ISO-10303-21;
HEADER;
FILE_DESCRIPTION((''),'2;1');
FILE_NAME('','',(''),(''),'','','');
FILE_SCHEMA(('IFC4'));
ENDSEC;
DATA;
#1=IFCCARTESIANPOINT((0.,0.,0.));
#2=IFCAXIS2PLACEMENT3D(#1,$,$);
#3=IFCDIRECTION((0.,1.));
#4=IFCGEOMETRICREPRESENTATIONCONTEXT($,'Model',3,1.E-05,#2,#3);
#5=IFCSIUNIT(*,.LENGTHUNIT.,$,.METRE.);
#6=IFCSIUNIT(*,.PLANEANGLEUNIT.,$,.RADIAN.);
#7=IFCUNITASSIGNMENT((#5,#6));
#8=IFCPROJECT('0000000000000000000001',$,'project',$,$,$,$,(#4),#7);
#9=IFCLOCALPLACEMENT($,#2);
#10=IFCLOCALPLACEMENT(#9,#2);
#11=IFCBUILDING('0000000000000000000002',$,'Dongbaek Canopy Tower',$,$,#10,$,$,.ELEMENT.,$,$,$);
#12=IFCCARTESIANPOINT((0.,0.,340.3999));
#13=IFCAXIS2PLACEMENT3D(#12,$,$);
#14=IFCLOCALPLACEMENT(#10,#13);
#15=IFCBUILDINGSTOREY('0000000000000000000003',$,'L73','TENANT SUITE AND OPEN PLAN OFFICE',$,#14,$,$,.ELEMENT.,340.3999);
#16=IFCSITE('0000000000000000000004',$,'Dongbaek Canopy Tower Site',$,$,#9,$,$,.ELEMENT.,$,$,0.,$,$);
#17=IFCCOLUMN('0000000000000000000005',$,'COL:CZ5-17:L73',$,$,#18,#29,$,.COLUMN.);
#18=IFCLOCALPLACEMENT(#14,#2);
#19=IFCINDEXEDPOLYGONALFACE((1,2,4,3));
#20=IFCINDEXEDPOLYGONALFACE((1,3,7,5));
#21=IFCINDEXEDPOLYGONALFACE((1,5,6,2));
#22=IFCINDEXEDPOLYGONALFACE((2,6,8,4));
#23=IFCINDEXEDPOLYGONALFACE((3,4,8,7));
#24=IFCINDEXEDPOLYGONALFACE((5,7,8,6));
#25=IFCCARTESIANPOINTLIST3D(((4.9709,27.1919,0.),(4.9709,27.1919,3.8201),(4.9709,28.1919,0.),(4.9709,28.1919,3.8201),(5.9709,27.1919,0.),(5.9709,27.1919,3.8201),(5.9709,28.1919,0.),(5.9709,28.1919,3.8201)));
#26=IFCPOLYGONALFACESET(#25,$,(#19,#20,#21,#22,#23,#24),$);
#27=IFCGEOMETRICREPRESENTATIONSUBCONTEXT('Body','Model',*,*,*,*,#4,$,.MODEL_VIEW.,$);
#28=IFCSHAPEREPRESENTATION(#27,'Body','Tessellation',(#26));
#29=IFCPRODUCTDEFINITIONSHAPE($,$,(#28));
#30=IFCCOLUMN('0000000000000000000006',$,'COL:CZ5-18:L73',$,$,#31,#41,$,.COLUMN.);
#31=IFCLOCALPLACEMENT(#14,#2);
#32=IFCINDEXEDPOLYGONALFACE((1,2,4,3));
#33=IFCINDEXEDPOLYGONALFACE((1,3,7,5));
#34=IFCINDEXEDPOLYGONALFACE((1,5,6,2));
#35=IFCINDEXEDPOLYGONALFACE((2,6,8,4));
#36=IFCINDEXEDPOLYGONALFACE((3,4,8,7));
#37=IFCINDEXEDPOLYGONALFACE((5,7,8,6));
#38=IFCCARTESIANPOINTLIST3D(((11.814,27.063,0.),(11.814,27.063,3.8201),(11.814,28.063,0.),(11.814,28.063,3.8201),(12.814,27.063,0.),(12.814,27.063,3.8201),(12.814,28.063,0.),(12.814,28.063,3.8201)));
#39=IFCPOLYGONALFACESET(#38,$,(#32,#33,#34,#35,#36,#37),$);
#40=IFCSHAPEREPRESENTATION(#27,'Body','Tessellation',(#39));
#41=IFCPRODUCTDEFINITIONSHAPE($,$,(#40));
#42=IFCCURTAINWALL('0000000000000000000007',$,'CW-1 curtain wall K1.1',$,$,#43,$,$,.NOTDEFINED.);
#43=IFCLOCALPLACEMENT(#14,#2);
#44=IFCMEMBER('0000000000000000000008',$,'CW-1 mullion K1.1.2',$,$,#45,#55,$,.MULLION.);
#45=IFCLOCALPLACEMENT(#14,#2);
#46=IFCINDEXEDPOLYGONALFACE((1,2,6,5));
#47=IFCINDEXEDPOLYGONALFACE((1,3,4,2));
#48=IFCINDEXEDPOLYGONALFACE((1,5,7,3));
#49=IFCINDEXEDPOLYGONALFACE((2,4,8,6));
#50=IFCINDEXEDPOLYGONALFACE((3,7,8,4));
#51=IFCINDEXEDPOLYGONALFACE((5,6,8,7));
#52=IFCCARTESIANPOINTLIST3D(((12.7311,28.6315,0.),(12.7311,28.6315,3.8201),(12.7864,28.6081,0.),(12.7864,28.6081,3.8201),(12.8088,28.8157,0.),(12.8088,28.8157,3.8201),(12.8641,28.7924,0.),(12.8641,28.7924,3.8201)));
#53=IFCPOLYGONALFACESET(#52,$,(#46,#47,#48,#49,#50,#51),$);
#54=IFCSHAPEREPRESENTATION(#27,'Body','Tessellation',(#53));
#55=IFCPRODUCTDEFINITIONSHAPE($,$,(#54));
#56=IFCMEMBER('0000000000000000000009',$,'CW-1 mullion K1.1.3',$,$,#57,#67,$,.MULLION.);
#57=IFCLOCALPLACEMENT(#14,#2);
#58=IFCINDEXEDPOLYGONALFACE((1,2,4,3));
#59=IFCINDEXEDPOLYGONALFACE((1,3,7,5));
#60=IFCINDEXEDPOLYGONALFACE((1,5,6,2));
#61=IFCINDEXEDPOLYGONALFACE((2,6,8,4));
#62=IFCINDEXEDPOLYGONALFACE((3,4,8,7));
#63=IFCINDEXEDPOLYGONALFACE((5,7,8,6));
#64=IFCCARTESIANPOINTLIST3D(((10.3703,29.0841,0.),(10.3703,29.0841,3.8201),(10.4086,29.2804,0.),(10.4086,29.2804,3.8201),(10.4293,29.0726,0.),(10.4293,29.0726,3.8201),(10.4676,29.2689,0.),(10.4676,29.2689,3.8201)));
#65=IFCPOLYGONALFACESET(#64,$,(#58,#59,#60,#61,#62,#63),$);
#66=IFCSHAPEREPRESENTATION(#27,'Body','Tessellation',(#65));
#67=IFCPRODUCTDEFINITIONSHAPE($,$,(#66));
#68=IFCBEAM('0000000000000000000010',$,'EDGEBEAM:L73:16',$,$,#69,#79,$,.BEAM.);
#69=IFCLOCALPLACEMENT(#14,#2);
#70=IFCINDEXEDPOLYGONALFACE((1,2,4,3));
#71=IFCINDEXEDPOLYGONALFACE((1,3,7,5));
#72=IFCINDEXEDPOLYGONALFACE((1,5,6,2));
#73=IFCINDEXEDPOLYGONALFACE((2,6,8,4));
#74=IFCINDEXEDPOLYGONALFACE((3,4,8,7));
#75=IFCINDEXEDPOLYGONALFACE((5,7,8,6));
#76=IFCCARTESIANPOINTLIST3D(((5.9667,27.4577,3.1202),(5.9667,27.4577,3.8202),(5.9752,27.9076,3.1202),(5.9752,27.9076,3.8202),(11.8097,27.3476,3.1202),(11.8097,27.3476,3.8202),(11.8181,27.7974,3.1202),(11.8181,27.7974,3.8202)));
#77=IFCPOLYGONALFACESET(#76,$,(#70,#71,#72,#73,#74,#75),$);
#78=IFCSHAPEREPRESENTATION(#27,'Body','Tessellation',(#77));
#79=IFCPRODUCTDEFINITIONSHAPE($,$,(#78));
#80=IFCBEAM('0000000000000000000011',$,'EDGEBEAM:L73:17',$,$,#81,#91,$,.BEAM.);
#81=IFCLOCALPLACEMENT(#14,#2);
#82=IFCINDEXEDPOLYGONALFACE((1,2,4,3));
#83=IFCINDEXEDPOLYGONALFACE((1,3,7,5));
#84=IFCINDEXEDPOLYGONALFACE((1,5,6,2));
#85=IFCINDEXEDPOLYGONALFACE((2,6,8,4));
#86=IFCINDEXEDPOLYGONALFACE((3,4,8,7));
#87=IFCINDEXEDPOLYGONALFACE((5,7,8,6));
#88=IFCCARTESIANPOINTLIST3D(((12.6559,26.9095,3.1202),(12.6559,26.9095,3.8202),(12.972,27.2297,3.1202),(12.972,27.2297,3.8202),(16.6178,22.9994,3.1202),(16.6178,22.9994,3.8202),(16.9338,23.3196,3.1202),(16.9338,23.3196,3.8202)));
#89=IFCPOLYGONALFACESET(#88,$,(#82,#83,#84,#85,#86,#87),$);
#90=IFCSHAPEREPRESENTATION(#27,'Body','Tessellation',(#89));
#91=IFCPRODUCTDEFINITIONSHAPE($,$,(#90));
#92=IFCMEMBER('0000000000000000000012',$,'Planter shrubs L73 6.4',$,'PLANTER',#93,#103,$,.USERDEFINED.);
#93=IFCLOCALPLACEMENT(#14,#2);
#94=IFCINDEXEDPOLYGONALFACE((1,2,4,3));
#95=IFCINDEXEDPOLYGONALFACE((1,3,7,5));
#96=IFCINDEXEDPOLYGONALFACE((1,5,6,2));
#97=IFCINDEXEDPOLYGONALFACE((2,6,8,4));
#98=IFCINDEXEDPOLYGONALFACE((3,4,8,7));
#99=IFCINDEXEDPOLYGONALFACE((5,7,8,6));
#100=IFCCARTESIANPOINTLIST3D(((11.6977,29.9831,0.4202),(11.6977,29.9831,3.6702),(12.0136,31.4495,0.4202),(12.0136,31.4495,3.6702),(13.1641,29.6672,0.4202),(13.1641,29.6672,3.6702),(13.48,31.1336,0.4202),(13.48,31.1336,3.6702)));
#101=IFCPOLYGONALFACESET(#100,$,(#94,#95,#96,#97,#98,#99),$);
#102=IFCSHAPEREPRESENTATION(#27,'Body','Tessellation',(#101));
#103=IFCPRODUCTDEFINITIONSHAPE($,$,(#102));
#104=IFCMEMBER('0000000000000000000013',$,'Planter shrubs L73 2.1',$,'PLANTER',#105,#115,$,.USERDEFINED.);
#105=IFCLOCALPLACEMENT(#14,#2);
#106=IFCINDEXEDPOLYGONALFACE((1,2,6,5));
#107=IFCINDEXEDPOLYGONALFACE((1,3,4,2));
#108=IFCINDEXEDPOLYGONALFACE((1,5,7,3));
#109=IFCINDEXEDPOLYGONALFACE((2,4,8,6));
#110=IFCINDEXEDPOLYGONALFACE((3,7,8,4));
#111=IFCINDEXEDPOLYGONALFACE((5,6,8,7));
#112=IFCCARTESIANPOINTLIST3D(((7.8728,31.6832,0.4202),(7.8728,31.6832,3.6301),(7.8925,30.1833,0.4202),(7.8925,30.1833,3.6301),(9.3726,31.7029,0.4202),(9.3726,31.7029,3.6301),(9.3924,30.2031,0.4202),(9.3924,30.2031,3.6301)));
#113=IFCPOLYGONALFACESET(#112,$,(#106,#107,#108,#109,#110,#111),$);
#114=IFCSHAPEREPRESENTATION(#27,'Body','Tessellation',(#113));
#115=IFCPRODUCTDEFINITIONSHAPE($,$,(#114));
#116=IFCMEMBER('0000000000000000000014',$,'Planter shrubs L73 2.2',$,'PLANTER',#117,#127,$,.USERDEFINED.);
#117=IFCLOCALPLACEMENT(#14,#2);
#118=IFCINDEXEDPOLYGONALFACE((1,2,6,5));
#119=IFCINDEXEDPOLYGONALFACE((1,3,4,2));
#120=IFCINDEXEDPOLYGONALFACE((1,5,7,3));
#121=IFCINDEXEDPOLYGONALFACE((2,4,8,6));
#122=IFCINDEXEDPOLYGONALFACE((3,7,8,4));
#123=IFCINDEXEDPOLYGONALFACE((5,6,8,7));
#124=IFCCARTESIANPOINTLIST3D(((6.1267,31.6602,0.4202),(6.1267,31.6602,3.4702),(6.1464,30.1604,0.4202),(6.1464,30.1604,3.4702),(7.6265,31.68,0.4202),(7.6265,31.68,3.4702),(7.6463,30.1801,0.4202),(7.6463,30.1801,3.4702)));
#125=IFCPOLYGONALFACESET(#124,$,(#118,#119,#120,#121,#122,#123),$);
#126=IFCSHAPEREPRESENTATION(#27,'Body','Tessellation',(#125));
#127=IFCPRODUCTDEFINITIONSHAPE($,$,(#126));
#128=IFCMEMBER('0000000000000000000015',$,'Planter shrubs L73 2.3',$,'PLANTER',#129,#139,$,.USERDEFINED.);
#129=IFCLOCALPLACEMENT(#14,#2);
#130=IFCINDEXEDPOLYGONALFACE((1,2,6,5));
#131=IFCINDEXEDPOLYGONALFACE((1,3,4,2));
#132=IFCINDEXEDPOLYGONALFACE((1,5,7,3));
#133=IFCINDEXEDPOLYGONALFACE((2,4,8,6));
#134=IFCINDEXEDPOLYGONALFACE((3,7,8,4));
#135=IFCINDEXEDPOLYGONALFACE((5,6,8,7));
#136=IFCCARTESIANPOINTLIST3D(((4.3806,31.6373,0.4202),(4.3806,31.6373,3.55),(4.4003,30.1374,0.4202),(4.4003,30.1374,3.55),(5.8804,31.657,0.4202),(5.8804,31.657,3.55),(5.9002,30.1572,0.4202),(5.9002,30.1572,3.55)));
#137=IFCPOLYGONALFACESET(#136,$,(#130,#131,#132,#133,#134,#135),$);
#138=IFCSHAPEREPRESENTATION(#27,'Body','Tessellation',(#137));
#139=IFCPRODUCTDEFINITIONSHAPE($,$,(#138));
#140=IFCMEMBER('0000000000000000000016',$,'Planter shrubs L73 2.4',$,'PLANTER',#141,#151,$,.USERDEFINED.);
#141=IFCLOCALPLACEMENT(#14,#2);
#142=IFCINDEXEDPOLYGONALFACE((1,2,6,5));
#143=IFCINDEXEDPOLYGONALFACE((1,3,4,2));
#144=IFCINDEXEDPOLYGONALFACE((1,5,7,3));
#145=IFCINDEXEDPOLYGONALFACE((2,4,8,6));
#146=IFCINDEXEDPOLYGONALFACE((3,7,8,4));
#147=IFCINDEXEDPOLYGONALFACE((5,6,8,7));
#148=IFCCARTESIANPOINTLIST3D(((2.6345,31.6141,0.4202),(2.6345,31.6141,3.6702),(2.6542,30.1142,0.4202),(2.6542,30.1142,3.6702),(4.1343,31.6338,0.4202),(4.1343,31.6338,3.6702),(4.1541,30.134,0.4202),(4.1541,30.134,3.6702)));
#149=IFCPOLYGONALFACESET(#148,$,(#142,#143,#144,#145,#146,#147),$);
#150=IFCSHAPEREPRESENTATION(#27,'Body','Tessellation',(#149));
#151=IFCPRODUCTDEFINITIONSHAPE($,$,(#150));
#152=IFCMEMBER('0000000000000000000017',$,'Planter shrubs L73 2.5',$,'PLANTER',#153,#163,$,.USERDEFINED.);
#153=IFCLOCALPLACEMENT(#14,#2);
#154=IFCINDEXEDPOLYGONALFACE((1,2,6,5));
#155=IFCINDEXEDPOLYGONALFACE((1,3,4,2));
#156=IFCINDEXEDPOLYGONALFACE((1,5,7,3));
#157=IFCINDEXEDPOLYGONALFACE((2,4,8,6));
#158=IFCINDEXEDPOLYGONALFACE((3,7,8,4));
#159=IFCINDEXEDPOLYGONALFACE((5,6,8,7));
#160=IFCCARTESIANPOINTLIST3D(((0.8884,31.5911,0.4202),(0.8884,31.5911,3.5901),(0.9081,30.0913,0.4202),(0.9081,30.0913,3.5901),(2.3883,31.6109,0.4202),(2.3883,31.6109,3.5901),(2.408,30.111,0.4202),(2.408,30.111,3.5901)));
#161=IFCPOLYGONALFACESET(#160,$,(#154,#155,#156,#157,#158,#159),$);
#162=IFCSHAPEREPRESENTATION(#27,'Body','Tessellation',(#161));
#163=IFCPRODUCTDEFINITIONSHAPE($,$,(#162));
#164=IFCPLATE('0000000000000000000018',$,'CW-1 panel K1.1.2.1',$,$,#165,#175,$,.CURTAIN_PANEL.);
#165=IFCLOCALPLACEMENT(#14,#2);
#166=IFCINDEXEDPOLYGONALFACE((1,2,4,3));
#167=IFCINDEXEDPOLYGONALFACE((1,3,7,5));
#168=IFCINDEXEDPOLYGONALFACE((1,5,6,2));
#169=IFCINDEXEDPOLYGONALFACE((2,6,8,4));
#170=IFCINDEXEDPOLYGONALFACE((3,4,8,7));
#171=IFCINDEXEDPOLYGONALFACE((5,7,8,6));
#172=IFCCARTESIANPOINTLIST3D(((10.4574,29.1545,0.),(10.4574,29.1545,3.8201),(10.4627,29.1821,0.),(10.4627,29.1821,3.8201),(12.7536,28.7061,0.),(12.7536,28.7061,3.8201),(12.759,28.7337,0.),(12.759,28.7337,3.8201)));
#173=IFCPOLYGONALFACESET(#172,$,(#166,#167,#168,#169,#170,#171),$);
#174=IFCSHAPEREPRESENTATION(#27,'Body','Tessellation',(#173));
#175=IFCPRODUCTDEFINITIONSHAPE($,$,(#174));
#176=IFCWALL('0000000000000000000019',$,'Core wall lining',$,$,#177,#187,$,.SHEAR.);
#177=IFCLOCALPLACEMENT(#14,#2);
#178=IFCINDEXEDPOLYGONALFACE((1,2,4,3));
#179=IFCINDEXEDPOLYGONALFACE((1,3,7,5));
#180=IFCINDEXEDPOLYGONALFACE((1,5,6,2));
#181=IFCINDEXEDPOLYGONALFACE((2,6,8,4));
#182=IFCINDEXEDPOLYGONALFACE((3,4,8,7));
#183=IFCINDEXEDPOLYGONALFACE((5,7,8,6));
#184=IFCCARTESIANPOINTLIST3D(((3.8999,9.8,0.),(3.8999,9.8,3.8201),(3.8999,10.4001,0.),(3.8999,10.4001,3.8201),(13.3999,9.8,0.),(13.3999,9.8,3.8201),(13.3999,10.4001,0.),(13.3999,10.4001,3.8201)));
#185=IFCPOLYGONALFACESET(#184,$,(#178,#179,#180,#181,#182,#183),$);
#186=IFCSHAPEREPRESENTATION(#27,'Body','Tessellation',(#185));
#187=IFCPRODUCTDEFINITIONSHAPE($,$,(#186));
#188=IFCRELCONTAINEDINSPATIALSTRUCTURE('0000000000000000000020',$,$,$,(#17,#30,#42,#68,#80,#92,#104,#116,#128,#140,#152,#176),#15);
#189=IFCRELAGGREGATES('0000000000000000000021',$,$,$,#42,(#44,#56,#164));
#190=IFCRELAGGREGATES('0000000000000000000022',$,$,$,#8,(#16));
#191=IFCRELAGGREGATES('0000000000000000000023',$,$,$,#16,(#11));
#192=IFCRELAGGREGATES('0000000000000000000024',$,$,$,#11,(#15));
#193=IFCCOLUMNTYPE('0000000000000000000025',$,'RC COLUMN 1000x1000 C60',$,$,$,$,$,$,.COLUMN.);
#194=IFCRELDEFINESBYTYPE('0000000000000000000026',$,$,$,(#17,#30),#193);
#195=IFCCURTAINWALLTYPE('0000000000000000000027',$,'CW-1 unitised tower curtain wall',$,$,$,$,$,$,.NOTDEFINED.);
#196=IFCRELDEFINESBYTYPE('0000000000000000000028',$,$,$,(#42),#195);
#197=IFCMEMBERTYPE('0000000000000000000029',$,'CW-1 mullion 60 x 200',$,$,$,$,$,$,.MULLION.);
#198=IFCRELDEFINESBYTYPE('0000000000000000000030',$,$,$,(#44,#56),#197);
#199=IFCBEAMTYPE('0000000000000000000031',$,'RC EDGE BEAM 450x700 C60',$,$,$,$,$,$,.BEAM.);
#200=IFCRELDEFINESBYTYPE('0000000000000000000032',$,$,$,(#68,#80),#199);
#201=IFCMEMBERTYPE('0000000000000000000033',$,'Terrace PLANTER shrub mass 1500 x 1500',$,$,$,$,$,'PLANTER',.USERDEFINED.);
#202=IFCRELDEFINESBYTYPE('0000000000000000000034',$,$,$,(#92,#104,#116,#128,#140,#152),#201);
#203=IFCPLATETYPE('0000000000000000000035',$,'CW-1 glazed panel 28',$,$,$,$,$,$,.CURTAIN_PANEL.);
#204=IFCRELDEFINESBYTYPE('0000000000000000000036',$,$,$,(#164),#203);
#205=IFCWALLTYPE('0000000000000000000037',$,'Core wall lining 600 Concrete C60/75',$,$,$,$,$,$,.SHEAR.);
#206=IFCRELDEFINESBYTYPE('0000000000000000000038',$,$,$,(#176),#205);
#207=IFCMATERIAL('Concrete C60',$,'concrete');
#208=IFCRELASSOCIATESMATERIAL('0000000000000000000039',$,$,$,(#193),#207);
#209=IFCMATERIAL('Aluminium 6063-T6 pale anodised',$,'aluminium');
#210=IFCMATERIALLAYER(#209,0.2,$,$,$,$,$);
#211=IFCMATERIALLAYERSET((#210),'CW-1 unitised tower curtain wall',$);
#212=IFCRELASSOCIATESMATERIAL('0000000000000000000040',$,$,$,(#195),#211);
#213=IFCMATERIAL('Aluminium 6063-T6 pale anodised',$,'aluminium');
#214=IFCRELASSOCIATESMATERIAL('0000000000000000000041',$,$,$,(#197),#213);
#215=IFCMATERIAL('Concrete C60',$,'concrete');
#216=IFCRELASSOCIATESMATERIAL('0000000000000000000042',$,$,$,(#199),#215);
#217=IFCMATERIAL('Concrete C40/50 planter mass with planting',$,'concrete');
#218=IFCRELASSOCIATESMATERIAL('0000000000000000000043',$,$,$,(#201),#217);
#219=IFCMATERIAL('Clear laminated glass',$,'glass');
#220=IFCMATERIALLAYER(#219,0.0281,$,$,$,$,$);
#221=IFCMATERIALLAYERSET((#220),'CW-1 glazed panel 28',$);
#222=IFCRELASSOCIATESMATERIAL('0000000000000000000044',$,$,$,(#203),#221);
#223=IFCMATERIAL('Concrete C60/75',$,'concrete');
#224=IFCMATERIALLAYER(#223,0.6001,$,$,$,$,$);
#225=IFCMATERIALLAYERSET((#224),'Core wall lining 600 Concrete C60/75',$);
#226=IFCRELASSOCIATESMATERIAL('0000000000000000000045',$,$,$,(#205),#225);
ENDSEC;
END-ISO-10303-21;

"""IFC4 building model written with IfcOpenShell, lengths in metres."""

from ifc_helpers import new_model, si_unit, direction, frame, frame_2d, origin, origin_2d, place, context, subcontext, project, spatial, rectangle, extrude, material, layer, layer_set, material_profile, profile_set, type_object, element, aggregate, save


model = new_model("IFC4")

# Units and contexts
model_context = context("Model", 3, precision=1e-05, world=origin(), true_north=direction((0.0, 1.0)))
body_context = subcontext(model_context, "Body", "Model", "MODEL_VIEW")
ifc_project = project(units=[si_unit("LENGTHUNIT", "METRE"), si_unit("PLANEANGLEUNIT", "RADIAN")], contexts=[model_context])

# Site, building, storey
site_placement = place(None, origin())
site = spatial("IfcSite", under=ifc_project, at=site_placement, Name="Dongbaek Canopy Tower Site", CompositionType="ELEMENT", RefElevation=0.0)
building_placement = place(site_placement, origin())
building = spatial("IfcBuilding", under=site, at=building_placement, Name="Dongbaek Canopy Tower", CompositionType="ELEMENT")
storey_placement = place(building_placement, frame((0.0, 0.0, 340.3999)))
storey = spatial("IfcBuildingStorey", under=building, at=storey_placement, Name="L73", Description="TENANT SUITE AND OPEN PLAN OFFICE", CompositionType="ELEMENT", Elevation=340.3999)

# Columns
ifc_material_1 = material(Name="Concrete C60", Category="concrete")
ifc_material_profile_1 = material_profile(ifc_material_1, rectangle(XDim=1.0, YDim=1.0, at=origin_2d()), Name="RC COLUMN 1000x1000 C60")
ifc_profile_set_1 = profile_set([ifc_material_profile_1], Name="Concrete C60")
column_type = type_object("IfcColumnType", Name="RC COLUMN 1000x1000 C60", PredefinedType="COLUMN", material=ifc_profile_set_1)
for number, where, z_axis, x_axis, name in (
    (1, (5.4709, 27.6919, 0.0), (0.0, 0.0, 1.0), (1.0, 0.0, 0.0), "COL:CZ5-17:L73"),
    (2, (12.314, 27.563, 0.0), (0.0, 0.0, 1.0), (1.0, 0.0, 0.0), "COL:CZ5-18:L73"),
):
    element("IfcColumn", number, at=place(storey_placement, frame(where, z_axis=z_axis, x_axis=x_axis)), inside=storey, type_object=column_type, Name=name, PredefinedType="COLUMN", context=body_context, shape_type="SweptSolid", body=[
        extrude(rectangle(XDim=1.0, YDim=1.0, at=origin_2d()), origin(), (0.0, 0.0, 1.0), 3.8201),
    ])

# Curtain wall, members
ifc_material_2 = material(Name="Aluminium 6063-T6 pale anodised", Category="aluminium")
ifc_layer_1 = layer(ifc_material_2, 0.2)
ifc_layer_set_1 = layer_set([ifc_layer_1], Name="CW-1 unitised tower curtain wall")
curtain_wall_type = type_object("IfcCurtainWallType", Name="CW-1 unitised tower curtain wall", PredefinedType="NOTDEFINED", material=ifc_layer_set_1)
curtain_wall_placement = place(storey_placement, origin())
curtain_wall = element("IfcCurtainWall", 3, at=curtain_wall_placement, inside=storey, type_object=curtain_wall_type, Name="CW-1 curtain wall K1.1", PredefinedType="NOTDEFINED")
ifc_material_3 = material(Name="Aluminium 6063-T6 pale anodised", Category="aluminium")
ifc_material_profile_2 = material_profile(ifc_material_3, rectangle(XDim=0.2, YDim=0.0601, at=origin_2d()), Name="CW-1 mullion 60 x 200")
ifc_profile_set_2 = profile_set([ifc_material_profile_2], Name="Aluminium 6063-T6 pale anodised")
member_type_1 = type_object("IfcMemberType", Name="CW-1 mullion 60 x 200", PredefinedType="MULLION", material=ifc_profile_set_2)
member_1_placement = place(storey_placement, frame((12.7976, 28.7119, 0.0), z_axis=(0.0, 0.0, 1.0), x_axis=(0.388396, 0.921492, 0.0)))
member_1 = element("IfcMember", 4, at=member_1_placement, type_object=member_type_1, Name="CW-1 mullion K1.1.2", PredefinedType="MULLION", context=body_context, shape_type="SweptSolid", body=[
    extrude(rectangle(XDim=0.2, YDim=0.0601, at=origin_2d()), origin(), (0.0, 0.0, 1.0), 3.8201),
])
member_2_placement = place(storey_placement, frame((10.4189, 29.1765, 0.0), z_axis=(0.0, 0.0, 1.0), x_axis=(0.191669, 0.98146, 0.0)))
member_2 = element("IfcMember", 5, at=member_2_placement, type_object=member_type_1, Name="CW-1 mullion K1.1.3", PredefinedType="MULLION", context=body_context, shape_type="SweptSolid", body=[
    extrude(rectangle(XDim=0.2, YDim=0.0601, at=origin_2d()), origin(), (0.0, 0.0, 1.0), 3.8201),
])

# Beams
ifc_material_4 = material(Name="Concrete C60", Category="concrete")
ifc_material_profile_3 = material_profile(ifc_material_4, rectangle(XDim=0.45, YDim=0.7, at=origin_2d()), Name="RC EDGE BEAM 450x700 C60")
ifc_profile_set_3 = profile_set([ifc_material_profile_3], Name="Concrete C60")
beam_type = type_object("IfcBeamType", Name="RC EDGE BEAM 450x700 C60", PredefinedType="BEAM", material=ifc_profile_set_3)
beam_1_placement = place(storey_placement, frame((5.9709, 27.6826, 3.4702), z_axis=(0.999822, -0.018841, 0.0), x_axis=(0.018841, 0.999822, 0.0)))
element("IfcBeam", 6, at=beam_1_placement, inside=storey, type_object=beam_type, Name="EDGEBEAM:L73:16", PredefinedType="BEAM", context=body_context, shape_type="SweptSolid", body=[
    extrude(rectangle(XDim=0.45, YDim=0.7, at=origin_2d()), origin(), (0.0, 0.0, 1.0), 5.844),
])
beam_2_placement = place(storey_placement, frame((12.814, 27.0696, 3.4702), z_axis=(0.711741, -0.702442, 0.0), x_axis=(0.702442, 0.711741, 0.0)))
element("IfcBeam", 7, at=beam_2_placement, inside=storey, type_object=beam_type, Name="EDGEBEAM:L73:17", PredefinedType="BEAM", context=body_context, shape_type="SweptSolid", body=[
    extrude(rectangle(XDim=0.45, YDim=0.7, at=origin_2d()), origin(), (0.0, 0.0, 1.0), 5.5664),
])

# Members
ifc_material_5 = material(Name="Concrete C40/50 planter mass with planting", Category="concrete")
ifc_material_profile_4 = material_profile(ifc_material_5, rectangle(XDim=1.5, YDim=1.5, at=origin_2d()), Name="Terrace PLANTER shrub mass 1500 x 1500")
ifc_profile_set_4 = profile_set([ifc_material_profile_4], Name="Concrete C40/50 planter mass with planting")
member_type_2 = type_object("IfcMemberType", Name="Terrace PLANTER shrub mass 1500 x 1500", ElementType="PLANTER", PredefinedType="USERDEFINED", material=ifc_profile_set_4)
member_3_placement = place(storey_placement, frame((12.5889, 30.5583, 0.4202), z_axis=(0.0, 0.0, 1.0), x_axis=(0.210585, 0.977576, 0.0)))
element("IfcMember", 8, at=member_3_placement, inside=storey, type_object=member_type_2, Name="Planter shrubs L73 6.4", ObjectType="PLANTER", PredefinedType="USERDEFINED", context=body_context, shape_type="SweptSolid", body=[
    extrude(rectangle(XDim=1.5, YDim=1.5, at=origin_2d()), origin(), (0.0, 0.0, 1.0), 3.25),
])
member_4_placement = place(storey_placement, frame((8.6326, 30.9431, 0.4202), z_axis=(0.0, 0.0, 1.0), x_axis=(-0.013165, 0.999913, 0.0)))
element("IfcMember", 9, at=member_4_placement, inside=storey, type_object=member_type_2, Name="Planter shrubs L73 2.1", ObjectType="PLANTER", PredefinedType="USERDEFINED", context=body_context, shape_type="SweptSolid", body=[
    extrude(rectangle(XDim=1.5, YDim=1.5, at=origin_2d()), origin(), (0.0, 0.0, 1.0), 3.21),
])
member_5_placement = place(storey_placement, frame((6.8865, 30.9202, 0.4202), z_axis=(0.0, 0.0, 1.0), x_axis=(-0.013165, 0.999913, 0.0)))
element("IfcMember", 10, at=member_5_placement, inside=storey, type_object=member_type_2, Name="Planter shrubs L73 2.2", ObjectType="PLANTER", PredefinedType="USERDEFINED", context=body_context, shape_type="SweptSolid", body=[
    extrude(rectangle(XDim=1.5, YDim=1.5, at=origin_2d()), origin(), (0.0, 0.0, 1.0), 3.05),
])
member_6_placement = place(storey_placement, frame((5.1404, 30.8972, 0.4202), z_axis=(0.0, 0.0, 1.0), x_axis=(-0.013165, 0.999913, 0.0)))
element("IfcMember", 11, at=member_6_placement, inside=storey, type_object=member_type_2, Name="Planter shrubs L73 2.3", ObjectType="PLANTER", PredefinedType="USERDEFINED", context=body_context, shape_type="SweptSolid", body=[
    extrude(rectangle(XDim=1.5, YDim=1.5, at=origin_2d()), origin(), (0.0, 0.0, 1.0), 3.1299),
])
member_7_placement = place(storey_placement, frame((3.3943, 30.874, 0.4202), z_axis=(0.0, 0.0, 1.0), x_axis=(-0.013165, 0.999913, 0.0)))
element("IfcMember", 12, at=member_7_placement, inside=storey, type_object=member_type_2, Name="Planter shrubs L73 2.4", ObjectType="PLANTER", PredefinedType="USERDEFINED", context=body_context, shape_type="SweptSolid", body=[
    extrude(rectangle(XDim=1.5, YDim=1.5, at=origin_2d()), origin(), (0.0, 0.0, 1.0), 3.25),
])
member_8_placement = place(storey_placement, frame((1.6482, 30.8511, 0.4202), z_axis=(0.0, 0.0, 1.0), x_axis=(-0.013165, 0.999913, 0.0)))
element("IfcMember", 13, at=member_8_placement, inside=storey, type_object=member_type_2, Name="Planter shrubs L73 2.5", ObjectType="PLANTER", PredefinedType="USERDEFINED", context=body_context, shape_type="SweptSolid", body=[
    extrude(rectangle(XDim=1.5, YDim=1.5, at=origin_2d()), origin(), (0.0, 0.0, 1.0), 3.1699),
])

# Plate
ifc_material_6 = material(Name="Clear laminated glass", Category="glass")
ifc_layer_2 = layer(ifc_material_6, 0.0281)
ifc_layer_set_2 = layer_set([ifc_layer_2], Name="CW-1 glazed panel 28")
plate_type = type_object("IfcPlateType", Name="CW-1 glazed panel 28", PredefinedType="CURTAIN_PANEL", material=ifc_layer_set_2)
plate_placement = place(storey_placement, frame((11.6082, 28.9441, 0.0), z_axis=(0.0, 0.0, 1.0), x_axis=(-0.98146, 0.191669, 0.0)))
plate = element("IfcPlate", 14, at=plate_placement, type_object=plate_type, Name="CW-1 panel K1.1.2.1", PredefinedType="CURTAIN_PANEL", context=body_context, shape_type="SweptSolid", body=[
    extrude(rectangle(XDim=2.3396, YDim=0.0281, at=origin_2d()), origin(), (0.0, 0.0, 1.0), 3.8201),
])
aggregate(curtain_wall, [member_1, member_2, plate])

# Wall
ifc_material_7 = material(Name="Concrete C60/75", Category="concrete")
ifc_layer_3 = layer(ifc_material_7, 0.6001)
ifc_layer_set_3 = layer_set([ifc_layer_3], Name="Core wall lining 600 Concrete C60/75")
wall_type_1 = type_object("IfcWallType", Name="Core wall lining 600 Concrete C60/75", PredefinedType="SHEAR", material=ifc_layer_set_3)
wall_1_placement = place(storey_placement, frame((3.8999, 10.1001, 0.0), z_axis=(0.0, 0.0, 1.0), x_axis=(1.0, 0.0, 0.0)))
element("IfcWall", 15, at=wall_1_placement, inside=storey, type_object=wall_type_1, Name="Core wall lining", PredefinedType="SHEAR", context=body_context, shape_type="SweptSolid", body=[
    extrude(rectangle(XDim=9.5, YDim=0.6001, at=frame_2d((4.75, 0.0))), origin(), (0.0, 0.0, 1.0), 3.8201),
])

save(model, "model.ifc")
